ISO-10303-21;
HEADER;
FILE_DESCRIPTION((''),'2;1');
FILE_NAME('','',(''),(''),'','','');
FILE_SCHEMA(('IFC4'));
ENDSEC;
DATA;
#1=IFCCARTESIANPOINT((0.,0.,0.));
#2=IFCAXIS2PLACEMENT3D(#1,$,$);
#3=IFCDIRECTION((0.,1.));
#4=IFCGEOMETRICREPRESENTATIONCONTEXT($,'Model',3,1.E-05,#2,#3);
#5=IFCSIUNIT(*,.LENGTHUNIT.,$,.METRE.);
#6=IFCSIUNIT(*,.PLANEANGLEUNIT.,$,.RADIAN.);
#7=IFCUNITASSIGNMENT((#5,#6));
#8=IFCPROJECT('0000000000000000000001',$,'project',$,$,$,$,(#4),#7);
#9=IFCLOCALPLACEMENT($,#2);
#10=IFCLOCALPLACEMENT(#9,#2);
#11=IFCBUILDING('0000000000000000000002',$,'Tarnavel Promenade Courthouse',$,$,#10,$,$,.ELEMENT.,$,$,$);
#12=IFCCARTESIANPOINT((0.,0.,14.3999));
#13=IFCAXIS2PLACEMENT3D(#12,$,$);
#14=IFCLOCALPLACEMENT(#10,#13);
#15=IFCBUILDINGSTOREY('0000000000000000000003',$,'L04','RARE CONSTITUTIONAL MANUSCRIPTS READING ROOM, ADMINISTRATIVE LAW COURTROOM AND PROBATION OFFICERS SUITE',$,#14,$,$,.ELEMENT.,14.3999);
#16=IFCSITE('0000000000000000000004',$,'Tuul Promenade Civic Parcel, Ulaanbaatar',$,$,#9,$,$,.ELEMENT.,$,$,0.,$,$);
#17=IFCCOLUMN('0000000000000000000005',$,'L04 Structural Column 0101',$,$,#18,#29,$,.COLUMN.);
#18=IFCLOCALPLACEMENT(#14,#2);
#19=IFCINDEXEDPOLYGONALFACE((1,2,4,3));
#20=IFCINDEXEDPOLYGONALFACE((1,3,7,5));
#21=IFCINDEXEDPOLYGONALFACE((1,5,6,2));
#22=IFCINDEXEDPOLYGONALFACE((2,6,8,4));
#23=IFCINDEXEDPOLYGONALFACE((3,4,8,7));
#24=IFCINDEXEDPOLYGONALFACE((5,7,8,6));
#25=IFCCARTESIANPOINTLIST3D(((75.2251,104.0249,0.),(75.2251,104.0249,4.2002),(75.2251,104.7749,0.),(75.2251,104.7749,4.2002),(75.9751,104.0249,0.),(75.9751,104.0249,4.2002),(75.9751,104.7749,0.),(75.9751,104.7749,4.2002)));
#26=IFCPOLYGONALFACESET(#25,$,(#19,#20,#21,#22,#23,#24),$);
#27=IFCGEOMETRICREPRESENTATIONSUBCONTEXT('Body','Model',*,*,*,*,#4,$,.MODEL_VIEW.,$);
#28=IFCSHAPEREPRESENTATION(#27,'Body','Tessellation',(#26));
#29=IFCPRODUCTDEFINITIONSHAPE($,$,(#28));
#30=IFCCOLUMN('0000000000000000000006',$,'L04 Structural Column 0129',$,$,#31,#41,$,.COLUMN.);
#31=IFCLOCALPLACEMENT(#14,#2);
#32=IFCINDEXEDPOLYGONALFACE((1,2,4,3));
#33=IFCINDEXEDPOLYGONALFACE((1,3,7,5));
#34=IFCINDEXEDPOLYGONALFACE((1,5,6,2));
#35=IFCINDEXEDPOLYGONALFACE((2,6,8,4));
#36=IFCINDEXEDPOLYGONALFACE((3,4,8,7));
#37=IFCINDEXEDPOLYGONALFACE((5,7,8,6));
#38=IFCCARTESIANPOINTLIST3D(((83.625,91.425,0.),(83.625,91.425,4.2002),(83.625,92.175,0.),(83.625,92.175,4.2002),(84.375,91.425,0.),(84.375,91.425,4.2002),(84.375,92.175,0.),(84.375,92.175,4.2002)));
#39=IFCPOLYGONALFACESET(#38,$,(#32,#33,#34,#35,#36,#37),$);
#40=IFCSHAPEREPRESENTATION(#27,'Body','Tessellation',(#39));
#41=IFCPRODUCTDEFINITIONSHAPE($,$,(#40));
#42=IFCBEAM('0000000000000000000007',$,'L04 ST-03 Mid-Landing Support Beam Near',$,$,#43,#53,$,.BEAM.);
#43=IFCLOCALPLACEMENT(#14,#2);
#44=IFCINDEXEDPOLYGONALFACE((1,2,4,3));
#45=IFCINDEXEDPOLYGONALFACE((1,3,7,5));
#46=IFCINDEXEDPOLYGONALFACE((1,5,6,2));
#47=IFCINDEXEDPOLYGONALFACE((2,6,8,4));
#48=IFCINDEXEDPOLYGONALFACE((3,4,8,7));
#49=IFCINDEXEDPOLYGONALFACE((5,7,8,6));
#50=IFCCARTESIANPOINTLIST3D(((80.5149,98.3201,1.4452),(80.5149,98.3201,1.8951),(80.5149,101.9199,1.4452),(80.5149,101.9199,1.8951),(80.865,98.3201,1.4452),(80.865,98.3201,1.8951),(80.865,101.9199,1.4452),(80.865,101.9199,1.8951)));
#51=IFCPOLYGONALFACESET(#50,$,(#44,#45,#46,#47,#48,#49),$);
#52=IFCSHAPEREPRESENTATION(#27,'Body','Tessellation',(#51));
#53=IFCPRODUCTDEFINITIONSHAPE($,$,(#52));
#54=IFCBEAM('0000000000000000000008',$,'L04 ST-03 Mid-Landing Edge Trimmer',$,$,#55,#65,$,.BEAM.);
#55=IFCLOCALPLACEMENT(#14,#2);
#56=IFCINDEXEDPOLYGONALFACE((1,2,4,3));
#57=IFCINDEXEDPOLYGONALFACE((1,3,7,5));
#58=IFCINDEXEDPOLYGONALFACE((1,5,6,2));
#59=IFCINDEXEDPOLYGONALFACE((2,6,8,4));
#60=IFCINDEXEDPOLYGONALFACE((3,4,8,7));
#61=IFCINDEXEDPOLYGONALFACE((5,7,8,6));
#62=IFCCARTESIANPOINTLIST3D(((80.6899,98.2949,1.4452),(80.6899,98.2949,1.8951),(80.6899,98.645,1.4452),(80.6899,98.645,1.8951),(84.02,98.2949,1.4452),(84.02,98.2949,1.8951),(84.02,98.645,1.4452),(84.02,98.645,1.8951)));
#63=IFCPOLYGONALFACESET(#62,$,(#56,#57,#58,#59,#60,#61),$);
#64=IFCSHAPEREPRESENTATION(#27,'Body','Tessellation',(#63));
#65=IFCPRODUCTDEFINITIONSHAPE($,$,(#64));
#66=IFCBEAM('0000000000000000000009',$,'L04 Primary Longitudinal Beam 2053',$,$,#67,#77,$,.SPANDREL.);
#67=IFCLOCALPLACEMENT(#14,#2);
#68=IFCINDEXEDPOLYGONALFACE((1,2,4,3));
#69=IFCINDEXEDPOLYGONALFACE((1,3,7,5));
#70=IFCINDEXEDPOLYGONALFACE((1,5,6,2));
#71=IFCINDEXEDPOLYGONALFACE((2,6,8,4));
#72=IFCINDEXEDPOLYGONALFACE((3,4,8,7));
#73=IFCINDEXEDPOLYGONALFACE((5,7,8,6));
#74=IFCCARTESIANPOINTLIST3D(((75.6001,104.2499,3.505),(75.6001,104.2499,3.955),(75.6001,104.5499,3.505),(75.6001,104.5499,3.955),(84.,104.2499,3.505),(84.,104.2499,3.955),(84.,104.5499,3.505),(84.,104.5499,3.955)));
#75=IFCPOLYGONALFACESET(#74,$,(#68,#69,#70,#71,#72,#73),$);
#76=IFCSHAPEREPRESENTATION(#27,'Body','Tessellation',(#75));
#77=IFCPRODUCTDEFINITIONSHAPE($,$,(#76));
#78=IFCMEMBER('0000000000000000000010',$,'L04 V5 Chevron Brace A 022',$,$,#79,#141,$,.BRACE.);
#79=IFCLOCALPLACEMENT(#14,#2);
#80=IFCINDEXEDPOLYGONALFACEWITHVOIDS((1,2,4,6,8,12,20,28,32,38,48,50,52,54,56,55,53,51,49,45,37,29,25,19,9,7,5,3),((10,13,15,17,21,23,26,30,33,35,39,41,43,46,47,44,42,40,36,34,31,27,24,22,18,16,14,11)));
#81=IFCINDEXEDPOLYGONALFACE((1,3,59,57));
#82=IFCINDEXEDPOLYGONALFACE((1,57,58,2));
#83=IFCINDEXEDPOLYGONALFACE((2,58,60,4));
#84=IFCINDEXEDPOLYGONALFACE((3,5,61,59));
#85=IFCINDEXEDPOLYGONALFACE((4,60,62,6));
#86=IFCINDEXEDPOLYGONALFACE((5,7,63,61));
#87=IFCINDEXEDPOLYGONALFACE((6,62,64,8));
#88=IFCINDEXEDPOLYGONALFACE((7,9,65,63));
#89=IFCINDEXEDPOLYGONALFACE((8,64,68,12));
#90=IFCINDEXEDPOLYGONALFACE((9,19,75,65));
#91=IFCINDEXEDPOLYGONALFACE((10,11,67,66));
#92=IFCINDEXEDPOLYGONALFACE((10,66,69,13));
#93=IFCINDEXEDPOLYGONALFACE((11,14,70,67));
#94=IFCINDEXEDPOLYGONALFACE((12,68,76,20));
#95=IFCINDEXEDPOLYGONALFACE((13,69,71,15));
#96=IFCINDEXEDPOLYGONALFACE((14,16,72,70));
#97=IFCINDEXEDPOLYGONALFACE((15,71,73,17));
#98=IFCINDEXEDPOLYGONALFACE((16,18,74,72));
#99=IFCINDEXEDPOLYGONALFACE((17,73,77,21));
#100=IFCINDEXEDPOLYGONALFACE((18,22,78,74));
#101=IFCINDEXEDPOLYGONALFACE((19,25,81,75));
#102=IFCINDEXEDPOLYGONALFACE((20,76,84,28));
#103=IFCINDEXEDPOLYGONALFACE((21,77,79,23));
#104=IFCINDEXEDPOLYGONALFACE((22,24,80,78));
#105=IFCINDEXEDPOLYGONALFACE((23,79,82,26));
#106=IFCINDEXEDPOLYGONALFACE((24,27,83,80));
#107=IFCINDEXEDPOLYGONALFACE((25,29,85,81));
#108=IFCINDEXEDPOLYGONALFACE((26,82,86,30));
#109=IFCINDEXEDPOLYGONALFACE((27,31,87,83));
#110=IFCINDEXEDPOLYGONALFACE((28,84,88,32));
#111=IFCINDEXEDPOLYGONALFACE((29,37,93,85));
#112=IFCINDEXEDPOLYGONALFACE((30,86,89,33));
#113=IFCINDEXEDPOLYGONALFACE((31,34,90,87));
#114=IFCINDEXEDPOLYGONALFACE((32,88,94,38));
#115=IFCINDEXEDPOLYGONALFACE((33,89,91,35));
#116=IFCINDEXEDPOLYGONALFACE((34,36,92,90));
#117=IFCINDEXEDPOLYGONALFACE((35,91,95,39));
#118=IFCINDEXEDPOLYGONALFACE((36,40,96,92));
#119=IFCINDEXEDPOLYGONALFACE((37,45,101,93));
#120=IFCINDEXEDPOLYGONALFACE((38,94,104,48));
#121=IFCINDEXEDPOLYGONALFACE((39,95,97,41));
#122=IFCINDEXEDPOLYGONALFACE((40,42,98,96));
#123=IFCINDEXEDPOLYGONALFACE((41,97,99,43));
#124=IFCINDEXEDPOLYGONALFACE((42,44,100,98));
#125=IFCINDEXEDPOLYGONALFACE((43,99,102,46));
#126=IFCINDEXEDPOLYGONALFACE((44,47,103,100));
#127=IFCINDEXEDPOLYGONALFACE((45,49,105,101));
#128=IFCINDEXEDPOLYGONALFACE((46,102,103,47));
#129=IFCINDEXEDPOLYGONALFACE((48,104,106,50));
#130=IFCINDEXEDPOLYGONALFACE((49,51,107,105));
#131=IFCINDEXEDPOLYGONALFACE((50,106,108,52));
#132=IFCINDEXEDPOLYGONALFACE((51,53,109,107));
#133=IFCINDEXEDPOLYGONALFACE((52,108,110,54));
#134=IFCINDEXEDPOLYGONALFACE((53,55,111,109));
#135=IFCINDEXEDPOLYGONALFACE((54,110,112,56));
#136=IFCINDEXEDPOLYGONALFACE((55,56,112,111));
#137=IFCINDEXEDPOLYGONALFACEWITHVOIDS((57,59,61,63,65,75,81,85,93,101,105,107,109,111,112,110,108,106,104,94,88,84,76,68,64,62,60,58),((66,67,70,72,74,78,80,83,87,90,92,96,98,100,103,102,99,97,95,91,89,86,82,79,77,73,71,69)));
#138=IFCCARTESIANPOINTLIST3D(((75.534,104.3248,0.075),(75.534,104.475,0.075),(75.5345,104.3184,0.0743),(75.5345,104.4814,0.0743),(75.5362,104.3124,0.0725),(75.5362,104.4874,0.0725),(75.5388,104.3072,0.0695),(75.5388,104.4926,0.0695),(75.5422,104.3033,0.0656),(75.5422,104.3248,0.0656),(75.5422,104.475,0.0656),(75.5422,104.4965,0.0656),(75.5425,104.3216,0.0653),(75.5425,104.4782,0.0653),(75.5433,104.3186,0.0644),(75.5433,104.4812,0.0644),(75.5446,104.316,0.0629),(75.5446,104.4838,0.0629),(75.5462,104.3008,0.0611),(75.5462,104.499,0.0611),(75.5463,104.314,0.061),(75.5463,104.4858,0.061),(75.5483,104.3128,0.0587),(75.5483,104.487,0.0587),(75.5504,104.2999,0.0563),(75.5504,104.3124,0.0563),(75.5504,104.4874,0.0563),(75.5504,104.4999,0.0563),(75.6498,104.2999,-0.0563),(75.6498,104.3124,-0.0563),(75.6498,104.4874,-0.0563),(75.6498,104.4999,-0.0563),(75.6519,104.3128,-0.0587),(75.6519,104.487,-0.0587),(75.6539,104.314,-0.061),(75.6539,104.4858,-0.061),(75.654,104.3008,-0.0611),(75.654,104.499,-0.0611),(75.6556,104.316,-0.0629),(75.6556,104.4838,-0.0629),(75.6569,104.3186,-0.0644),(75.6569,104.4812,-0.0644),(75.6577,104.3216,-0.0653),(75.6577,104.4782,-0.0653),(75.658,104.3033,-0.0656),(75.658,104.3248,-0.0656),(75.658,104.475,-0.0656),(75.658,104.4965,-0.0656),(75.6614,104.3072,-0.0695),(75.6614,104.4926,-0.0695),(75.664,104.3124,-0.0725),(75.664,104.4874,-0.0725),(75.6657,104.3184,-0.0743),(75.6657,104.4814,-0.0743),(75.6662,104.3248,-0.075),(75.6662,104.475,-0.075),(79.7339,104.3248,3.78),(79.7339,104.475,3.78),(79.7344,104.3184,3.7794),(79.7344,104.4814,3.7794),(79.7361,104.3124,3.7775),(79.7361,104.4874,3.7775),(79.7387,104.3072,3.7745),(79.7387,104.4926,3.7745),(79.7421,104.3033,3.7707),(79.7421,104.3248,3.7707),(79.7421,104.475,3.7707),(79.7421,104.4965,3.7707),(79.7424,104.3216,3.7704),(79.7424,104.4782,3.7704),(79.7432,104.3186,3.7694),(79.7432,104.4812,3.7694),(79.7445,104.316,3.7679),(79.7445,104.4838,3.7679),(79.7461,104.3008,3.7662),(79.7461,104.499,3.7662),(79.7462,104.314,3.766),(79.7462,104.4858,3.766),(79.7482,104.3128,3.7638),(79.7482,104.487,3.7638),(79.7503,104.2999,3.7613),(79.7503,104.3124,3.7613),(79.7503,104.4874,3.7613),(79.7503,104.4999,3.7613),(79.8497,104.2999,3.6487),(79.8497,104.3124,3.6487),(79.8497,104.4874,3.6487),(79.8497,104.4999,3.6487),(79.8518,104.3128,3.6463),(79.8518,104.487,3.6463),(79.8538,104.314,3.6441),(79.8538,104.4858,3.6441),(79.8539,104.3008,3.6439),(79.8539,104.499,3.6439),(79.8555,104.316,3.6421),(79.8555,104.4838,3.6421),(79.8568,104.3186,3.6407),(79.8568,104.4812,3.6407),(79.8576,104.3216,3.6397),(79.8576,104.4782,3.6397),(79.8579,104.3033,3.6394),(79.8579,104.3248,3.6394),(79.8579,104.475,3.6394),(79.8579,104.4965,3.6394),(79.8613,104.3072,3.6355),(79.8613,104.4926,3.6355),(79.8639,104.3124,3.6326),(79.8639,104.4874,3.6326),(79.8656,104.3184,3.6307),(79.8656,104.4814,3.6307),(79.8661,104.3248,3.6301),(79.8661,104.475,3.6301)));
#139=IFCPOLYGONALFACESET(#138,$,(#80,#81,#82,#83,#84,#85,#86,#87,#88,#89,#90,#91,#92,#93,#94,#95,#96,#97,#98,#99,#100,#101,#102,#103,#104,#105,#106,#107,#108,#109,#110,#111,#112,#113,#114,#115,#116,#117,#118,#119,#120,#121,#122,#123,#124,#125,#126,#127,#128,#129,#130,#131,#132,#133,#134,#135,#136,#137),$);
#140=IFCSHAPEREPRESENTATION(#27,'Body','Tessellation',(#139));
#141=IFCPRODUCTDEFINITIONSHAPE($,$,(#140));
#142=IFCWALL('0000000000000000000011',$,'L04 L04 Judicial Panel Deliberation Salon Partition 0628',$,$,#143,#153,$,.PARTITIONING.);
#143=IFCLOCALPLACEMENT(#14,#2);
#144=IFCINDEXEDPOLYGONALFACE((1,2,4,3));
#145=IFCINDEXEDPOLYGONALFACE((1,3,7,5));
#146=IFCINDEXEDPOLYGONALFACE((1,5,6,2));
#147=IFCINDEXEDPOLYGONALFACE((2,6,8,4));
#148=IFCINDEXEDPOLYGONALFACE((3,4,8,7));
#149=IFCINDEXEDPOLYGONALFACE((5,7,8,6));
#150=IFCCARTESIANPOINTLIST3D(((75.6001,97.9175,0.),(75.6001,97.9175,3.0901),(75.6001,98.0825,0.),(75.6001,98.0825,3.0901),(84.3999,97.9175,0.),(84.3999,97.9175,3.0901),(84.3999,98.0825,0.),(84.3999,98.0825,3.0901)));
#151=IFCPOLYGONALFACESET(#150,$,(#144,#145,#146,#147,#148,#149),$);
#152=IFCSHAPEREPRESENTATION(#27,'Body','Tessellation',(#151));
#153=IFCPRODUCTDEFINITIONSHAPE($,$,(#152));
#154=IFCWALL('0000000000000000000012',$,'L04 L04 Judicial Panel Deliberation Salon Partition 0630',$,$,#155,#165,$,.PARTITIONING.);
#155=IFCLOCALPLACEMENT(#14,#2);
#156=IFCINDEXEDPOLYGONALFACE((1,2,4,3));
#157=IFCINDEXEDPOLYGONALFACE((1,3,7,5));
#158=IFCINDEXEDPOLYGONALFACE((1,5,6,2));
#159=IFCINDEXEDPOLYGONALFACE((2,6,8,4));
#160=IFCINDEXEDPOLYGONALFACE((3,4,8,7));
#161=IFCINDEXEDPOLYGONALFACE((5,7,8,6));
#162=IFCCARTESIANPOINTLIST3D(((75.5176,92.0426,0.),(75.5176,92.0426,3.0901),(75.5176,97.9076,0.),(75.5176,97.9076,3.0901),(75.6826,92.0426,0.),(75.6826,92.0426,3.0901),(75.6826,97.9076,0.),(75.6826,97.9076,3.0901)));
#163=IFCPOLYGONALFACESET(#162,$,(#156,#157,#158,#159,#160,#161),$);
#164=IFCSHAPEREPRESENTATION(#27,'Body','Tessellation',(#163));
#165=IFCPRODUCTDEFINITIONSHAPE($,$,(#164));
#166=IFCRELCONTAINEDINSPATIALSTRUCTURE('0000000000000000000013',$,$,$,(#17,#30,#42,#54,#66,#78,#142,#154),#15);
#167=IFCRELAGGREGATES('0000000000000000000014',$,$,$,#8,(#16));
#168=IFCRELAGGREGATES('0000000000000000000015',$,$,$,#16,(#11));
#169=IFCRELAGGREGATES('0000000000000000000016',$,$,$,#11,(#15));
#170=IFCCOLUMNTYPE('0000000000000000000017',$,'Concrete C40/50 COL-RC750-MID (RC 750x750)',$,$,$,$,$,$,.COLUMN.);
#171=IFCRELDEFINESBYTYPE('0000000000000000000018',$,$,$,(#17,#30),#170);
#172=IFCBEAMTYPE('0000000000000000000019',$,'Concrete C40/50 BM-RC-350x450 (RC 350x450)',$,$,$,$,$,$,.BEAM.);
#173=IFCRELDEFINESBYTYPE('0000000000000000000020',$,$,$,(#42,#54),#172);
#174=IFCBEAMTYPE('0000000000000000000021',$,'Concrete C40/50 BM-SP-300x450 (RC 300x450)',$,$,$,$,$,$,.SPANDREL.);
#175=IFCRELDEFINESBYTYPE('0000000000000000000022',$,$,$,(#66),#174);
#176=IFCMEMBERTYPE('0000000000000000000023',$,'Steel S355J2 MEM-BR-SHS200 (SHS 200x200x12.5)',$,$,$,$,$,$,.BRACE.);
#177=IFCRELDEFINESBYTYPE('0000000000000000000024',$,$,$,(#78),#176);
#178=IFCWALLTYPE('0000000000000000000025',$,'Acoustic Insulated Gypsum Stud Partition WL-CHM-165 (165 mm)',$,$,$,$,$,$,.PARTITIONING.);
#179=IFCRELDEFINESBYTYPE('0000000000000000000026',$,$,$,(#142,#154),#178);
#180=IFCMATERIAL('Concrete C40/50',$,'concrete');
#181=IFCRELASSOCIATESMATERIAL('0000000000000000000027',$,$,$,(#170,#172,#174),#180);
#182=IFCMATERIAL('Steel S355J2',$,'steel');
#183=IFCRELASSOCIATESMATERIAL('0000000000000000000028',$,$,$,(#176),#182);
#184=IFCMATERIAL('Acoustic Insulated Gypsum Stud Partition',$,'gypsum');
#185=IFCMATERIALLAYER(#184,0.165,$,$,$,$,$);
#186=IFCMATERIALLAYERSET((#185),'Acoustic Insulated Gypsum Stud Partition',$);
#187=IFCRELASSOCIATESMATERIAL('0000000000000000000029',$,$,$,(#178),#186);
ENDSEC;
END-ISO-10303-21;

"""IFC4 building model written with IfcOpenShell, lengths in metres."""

from ifc_helpers import new_model, si_unit, direction, frame, frame_2d, origin, origin_2d, place, context, subcontext, project, spatial, rectangle, hollow_rectangle, extrude, material, layer, layer_set, material_profile, profile_set, type_object, element, save


model = new_model("IFC4")

# Units and contexts
model_context = context("Model", 3, precision=1e-05, world=origin(), true_north=direction((0.0, 1.0)))
body_context = subcontext(model_context, "Body", "Model", "MODEL_VIEW")
ifc_project = project(units=[si_unit("LENGTHUNIT", "METRE"), si_unit("PLANEANGLEUNIT", "RADIAN")], contexts=[model_context])

# Site, building, storey
site_placement = place(None, origin())
site = spatial("IfcSite", under=ifc_project, at=site_placement, Name="Tuul Promenade Civic Parcel, Ulaanbaatar", CompositionType="ELEMENT", RefElevation=0.0)
building_placement = place(site_placement, origin())
building = spatial("IfcBuilding", under=site, at=building_placement, Name="Tarnavel Promenade Courthouse", CompositionType="ELEMENT")
storey_placement = place(building_placement, frame((0.0, 0.0, 14.3999)))
storey = spatial("IfcBuildingStorey", under=building, at=storey_placement, Name="L04", Description="RARE CONSTITUTIONAL MANUSCRIPTS READING ROOM, ADMINISTRATIVE LAW COURTROOM AND PROBATION OFFICERS SUITE", CompositionType="ELEMENT", Elevation=14.3999)

# Columns
ifc_material_1 = material(Name="Concrete C40/50", Category="concrete")
ifc_material_profile_1 = material_profile(ifc_material_1, rectangle(XDim=0.75, YDim=0.75, at=origin_2d()), Name="RC 750x750")
ifc_profile_set_1 = profile_set([ifc_material_profile_1], Name="Concrete C40/50")
column_type = type_object("IfcColumnType", Name="Concrete C40/50 COL-RC750-MID (RC 750x750)", PredefinedType="COLUMN", material=ifc_profile_set_1)
for number, where, z_axis, x_axis, name in (
    (1, (75.6001, 104.3999, 0.0), (0.0, 0.0, 1.0), (1.0, 0.0, 0.0), "L04 Structural Column 0101"),
    (2, (84.0, 91.8, 0.0), (0.0, 0.0, 1.0), (1.0, 0.0, 0.0), "L04 Structural Column 0129"),
):
    element("IfcColumn", number, at=place(storey_placement, frame(where, z_axis=z_axis, x_axis=x_axis)), inside=storey, type_object=column_type, Name=name, PredefinedType="COLUMN", context=body_context, shape_type="SweptSolid", body=[
        extrude(rectangle(XDim=0.75, YDim=0.75, at=origin_2d()), origin(), (0.0, 0.0, 1.0), 4.2002),
    ])

# Beams
ifc_material_profile_2 = material_profile(ifc_material_1, rectangle(XDim=0.3501, YDim=0.45, at=origin_2d()), Name="RC 350x450")
ifc_profile_set_2 = profile_set([ifc_material_profile_2], Name="Concrete C40/50")
beam_type_1 = type_object("IfcBeamType", Name="Concrete C40/50 BM-RC-350x450 (RC 350x450)", PredefinedType="BEAM", material=ifc_profile_set_2)
beam_1_placement = place(storey_placement, frame((80.6899, 98.3201, 1.6702), z_axis=(0.0, 1.0, 0.0), x_axis=(-1.0, 0.0, 0.0)))
element("IfcBeam", 3, at=beam_1_placement, inside=storey, type_object=beam_type_1, Name="L04 ST-03 Mid-Landing Support Beam Near", PredefinedType="BEAM", context=body_context, shape_type="SweptSolid", body=[
    extrude(rectangle(XDim=0.3501, YDim=0.45, at=origin_2d()), origin(), (0.0, 0.0, 1.0), 3.5999),
])
beam_2_placement = place(storey_placement, frame((80.6899, 98.47, 1.6702), z_axis=(1.0, 0.0, 0.0), x_axis=(0.0, 1.0, 0.0)))
element("IfcBeam", 4, at=beam_2_placement, inside=storey, type_object=beam_type_1, Name="L04 ST-03 Mid-Landing Edge Trimmer", PredefinedType="BEAM", context=body_context, shape_type="SweptSolid", body=[
    extrude(rectangle(XDim=0.3501, YDim=0.45, at=origin_2d()), origin(), (0.0, 0.0, 1.0), 3.3301),
])
ifc_material_profile_3 = material_profile(ifc_material_1, rectangle(XDim=0.3, YDim=0.45, at=origin_2d()), Name="RC 300x450")
ifc_profile_set_3 = profile_set([ifc_material_profile_3], Name="Concrete C40/50")
beam_type_2 = type_object("IfcBeamType", Name="Concrete C40/50 BM-SP-300x450 (RC 300x450)", PredefinedType="SPANDREL", material=ifc_profile_set_3)
beam_3_placement = place(storey_placement, frame((75.6001, 104.3999, 3.73), z_axis=(1.0, 0.0, 0.0), x_axis=(0.0, 1.0, 0.0)))
element("IfcBeam", 5, at=beam_3_placement, inside=storey, type_object=beam_type_2, Name="L04 Primary Longitudinal Beam 2053", PredefinedType="SPANDREL", context=body_context, shape_type="SweptSolid", body=[
    extrude(rectangle(XDim=0.3, YDim=0.45, at=origin_2d()), origin(), (0.0, 0.0, 1.0), 8.3999),
])

# Member
ifc_material_2 = material(Name="Steel S355J2", Category="steel")
ifc_material_profile_4 = material_profile(ifc_material_2, hollow_rectangle(XDim=0.2, YDim=0.2, WallThickness=0.0125, InnerFilletRadius=0.0125, OuterFilletRadius=0.0249, at=origin_2d()), Name="SHS 200x200x12.5")
ifc_profile_set_4 = profile_set([ifc_material_profile_4], Name="Steel S355J2")
member_type = type_object("IfcMemberType", Name="Steel S355J2 MEM-BR-SHS200 (SHS 200x200x12.5)", PredefinedType="BRACE", material=ifc_profile_set_4)
member_placement = place(storey_placement, frame((75.6001, 104.3999, 0.0), z_axis=(0.749905, 0.0, 0.661545), x_axis=(0.0, 1.0, 0.0)))
element("IfcMember", 6, at=member_placement, inside=storey, type_object=member_type, Name="L04 V5 Chevron Brace A 022", PredefinedType="BRACE", context=body_context, shape_type="SweptSolid", body=[
    extrude(hollow_rectangle(XDim=0.2, YDim=0.2, WallThickness=0.0125, InnerFilletRadius=0.0125, OuterFilletRadius=0.0249, at=origin_2d()), origin(), (0.0, 0.0, 1.0), 5.6006),
])

# Walls
ifc_material_3 = material(Name="Acoustic Insulated Gypsum Stud Partition", Category="gypsum")
ifc_layer_1 = layer(ifc_material_3, 0.165)
ifc_layer_set_1 = layer_set([ifc_layer_1], Name="Acoustic Insulated Gypsum Stud Partition")
wall_type_1 = type_object("IfcWallType", Name="Acoustic Insulated Gypsum Stud Partition WL-CHM-165 (165 mm)", PredefinedType="PARTITIONING", material=ifc_layer_set_1)
wall_1_placement = place(storey_placement, frame((75.6001, 98.0, 0.0), z_axis=(0.0, 0.0, 1.0), x_axis=(1.0, 0.0, 0.0)))
element("IfcWall", 7, at=wall_1_placement, inside=storey, type_object=wall_type_1, Name="L04 L04 Judicial Panel Deliberation Salon Partition 0628", PredefinedType="PARTITIONING", context=body_context, shape_type="SweptSolid", body=[
    extrude(rectangle(XDim=8.7998, YDim=0.165, at=frame_2d((4.3999, 0.0))), origin(), (0.0, 0.0, 1.0), 3.0901),
])
wall_2_placement = place(storey_placement, frame((75.6001, 92.0425, 0.0), z_axis=(0.0, 0.0, 1.0), x_axis=(0.0, 1.0, 0.0)))
element("IfcWall", 8, at=wall_2_placement, inside=storey, type_object=wall_type_1, Name="L04 L04 Judicial Panel Deliberation Salon Partition 0630", PredefinedType="PARTITIONING", context=body_context, shape_type="SweptSolid", body=[
    extrude(rectangle(XDim=5.865, YDim=0.165, at=frame_2d((2.9326, 0.0))), origin(), (0.0, 0.0, 1.0), 3.0901),
])

save(model, "model.ifc")
